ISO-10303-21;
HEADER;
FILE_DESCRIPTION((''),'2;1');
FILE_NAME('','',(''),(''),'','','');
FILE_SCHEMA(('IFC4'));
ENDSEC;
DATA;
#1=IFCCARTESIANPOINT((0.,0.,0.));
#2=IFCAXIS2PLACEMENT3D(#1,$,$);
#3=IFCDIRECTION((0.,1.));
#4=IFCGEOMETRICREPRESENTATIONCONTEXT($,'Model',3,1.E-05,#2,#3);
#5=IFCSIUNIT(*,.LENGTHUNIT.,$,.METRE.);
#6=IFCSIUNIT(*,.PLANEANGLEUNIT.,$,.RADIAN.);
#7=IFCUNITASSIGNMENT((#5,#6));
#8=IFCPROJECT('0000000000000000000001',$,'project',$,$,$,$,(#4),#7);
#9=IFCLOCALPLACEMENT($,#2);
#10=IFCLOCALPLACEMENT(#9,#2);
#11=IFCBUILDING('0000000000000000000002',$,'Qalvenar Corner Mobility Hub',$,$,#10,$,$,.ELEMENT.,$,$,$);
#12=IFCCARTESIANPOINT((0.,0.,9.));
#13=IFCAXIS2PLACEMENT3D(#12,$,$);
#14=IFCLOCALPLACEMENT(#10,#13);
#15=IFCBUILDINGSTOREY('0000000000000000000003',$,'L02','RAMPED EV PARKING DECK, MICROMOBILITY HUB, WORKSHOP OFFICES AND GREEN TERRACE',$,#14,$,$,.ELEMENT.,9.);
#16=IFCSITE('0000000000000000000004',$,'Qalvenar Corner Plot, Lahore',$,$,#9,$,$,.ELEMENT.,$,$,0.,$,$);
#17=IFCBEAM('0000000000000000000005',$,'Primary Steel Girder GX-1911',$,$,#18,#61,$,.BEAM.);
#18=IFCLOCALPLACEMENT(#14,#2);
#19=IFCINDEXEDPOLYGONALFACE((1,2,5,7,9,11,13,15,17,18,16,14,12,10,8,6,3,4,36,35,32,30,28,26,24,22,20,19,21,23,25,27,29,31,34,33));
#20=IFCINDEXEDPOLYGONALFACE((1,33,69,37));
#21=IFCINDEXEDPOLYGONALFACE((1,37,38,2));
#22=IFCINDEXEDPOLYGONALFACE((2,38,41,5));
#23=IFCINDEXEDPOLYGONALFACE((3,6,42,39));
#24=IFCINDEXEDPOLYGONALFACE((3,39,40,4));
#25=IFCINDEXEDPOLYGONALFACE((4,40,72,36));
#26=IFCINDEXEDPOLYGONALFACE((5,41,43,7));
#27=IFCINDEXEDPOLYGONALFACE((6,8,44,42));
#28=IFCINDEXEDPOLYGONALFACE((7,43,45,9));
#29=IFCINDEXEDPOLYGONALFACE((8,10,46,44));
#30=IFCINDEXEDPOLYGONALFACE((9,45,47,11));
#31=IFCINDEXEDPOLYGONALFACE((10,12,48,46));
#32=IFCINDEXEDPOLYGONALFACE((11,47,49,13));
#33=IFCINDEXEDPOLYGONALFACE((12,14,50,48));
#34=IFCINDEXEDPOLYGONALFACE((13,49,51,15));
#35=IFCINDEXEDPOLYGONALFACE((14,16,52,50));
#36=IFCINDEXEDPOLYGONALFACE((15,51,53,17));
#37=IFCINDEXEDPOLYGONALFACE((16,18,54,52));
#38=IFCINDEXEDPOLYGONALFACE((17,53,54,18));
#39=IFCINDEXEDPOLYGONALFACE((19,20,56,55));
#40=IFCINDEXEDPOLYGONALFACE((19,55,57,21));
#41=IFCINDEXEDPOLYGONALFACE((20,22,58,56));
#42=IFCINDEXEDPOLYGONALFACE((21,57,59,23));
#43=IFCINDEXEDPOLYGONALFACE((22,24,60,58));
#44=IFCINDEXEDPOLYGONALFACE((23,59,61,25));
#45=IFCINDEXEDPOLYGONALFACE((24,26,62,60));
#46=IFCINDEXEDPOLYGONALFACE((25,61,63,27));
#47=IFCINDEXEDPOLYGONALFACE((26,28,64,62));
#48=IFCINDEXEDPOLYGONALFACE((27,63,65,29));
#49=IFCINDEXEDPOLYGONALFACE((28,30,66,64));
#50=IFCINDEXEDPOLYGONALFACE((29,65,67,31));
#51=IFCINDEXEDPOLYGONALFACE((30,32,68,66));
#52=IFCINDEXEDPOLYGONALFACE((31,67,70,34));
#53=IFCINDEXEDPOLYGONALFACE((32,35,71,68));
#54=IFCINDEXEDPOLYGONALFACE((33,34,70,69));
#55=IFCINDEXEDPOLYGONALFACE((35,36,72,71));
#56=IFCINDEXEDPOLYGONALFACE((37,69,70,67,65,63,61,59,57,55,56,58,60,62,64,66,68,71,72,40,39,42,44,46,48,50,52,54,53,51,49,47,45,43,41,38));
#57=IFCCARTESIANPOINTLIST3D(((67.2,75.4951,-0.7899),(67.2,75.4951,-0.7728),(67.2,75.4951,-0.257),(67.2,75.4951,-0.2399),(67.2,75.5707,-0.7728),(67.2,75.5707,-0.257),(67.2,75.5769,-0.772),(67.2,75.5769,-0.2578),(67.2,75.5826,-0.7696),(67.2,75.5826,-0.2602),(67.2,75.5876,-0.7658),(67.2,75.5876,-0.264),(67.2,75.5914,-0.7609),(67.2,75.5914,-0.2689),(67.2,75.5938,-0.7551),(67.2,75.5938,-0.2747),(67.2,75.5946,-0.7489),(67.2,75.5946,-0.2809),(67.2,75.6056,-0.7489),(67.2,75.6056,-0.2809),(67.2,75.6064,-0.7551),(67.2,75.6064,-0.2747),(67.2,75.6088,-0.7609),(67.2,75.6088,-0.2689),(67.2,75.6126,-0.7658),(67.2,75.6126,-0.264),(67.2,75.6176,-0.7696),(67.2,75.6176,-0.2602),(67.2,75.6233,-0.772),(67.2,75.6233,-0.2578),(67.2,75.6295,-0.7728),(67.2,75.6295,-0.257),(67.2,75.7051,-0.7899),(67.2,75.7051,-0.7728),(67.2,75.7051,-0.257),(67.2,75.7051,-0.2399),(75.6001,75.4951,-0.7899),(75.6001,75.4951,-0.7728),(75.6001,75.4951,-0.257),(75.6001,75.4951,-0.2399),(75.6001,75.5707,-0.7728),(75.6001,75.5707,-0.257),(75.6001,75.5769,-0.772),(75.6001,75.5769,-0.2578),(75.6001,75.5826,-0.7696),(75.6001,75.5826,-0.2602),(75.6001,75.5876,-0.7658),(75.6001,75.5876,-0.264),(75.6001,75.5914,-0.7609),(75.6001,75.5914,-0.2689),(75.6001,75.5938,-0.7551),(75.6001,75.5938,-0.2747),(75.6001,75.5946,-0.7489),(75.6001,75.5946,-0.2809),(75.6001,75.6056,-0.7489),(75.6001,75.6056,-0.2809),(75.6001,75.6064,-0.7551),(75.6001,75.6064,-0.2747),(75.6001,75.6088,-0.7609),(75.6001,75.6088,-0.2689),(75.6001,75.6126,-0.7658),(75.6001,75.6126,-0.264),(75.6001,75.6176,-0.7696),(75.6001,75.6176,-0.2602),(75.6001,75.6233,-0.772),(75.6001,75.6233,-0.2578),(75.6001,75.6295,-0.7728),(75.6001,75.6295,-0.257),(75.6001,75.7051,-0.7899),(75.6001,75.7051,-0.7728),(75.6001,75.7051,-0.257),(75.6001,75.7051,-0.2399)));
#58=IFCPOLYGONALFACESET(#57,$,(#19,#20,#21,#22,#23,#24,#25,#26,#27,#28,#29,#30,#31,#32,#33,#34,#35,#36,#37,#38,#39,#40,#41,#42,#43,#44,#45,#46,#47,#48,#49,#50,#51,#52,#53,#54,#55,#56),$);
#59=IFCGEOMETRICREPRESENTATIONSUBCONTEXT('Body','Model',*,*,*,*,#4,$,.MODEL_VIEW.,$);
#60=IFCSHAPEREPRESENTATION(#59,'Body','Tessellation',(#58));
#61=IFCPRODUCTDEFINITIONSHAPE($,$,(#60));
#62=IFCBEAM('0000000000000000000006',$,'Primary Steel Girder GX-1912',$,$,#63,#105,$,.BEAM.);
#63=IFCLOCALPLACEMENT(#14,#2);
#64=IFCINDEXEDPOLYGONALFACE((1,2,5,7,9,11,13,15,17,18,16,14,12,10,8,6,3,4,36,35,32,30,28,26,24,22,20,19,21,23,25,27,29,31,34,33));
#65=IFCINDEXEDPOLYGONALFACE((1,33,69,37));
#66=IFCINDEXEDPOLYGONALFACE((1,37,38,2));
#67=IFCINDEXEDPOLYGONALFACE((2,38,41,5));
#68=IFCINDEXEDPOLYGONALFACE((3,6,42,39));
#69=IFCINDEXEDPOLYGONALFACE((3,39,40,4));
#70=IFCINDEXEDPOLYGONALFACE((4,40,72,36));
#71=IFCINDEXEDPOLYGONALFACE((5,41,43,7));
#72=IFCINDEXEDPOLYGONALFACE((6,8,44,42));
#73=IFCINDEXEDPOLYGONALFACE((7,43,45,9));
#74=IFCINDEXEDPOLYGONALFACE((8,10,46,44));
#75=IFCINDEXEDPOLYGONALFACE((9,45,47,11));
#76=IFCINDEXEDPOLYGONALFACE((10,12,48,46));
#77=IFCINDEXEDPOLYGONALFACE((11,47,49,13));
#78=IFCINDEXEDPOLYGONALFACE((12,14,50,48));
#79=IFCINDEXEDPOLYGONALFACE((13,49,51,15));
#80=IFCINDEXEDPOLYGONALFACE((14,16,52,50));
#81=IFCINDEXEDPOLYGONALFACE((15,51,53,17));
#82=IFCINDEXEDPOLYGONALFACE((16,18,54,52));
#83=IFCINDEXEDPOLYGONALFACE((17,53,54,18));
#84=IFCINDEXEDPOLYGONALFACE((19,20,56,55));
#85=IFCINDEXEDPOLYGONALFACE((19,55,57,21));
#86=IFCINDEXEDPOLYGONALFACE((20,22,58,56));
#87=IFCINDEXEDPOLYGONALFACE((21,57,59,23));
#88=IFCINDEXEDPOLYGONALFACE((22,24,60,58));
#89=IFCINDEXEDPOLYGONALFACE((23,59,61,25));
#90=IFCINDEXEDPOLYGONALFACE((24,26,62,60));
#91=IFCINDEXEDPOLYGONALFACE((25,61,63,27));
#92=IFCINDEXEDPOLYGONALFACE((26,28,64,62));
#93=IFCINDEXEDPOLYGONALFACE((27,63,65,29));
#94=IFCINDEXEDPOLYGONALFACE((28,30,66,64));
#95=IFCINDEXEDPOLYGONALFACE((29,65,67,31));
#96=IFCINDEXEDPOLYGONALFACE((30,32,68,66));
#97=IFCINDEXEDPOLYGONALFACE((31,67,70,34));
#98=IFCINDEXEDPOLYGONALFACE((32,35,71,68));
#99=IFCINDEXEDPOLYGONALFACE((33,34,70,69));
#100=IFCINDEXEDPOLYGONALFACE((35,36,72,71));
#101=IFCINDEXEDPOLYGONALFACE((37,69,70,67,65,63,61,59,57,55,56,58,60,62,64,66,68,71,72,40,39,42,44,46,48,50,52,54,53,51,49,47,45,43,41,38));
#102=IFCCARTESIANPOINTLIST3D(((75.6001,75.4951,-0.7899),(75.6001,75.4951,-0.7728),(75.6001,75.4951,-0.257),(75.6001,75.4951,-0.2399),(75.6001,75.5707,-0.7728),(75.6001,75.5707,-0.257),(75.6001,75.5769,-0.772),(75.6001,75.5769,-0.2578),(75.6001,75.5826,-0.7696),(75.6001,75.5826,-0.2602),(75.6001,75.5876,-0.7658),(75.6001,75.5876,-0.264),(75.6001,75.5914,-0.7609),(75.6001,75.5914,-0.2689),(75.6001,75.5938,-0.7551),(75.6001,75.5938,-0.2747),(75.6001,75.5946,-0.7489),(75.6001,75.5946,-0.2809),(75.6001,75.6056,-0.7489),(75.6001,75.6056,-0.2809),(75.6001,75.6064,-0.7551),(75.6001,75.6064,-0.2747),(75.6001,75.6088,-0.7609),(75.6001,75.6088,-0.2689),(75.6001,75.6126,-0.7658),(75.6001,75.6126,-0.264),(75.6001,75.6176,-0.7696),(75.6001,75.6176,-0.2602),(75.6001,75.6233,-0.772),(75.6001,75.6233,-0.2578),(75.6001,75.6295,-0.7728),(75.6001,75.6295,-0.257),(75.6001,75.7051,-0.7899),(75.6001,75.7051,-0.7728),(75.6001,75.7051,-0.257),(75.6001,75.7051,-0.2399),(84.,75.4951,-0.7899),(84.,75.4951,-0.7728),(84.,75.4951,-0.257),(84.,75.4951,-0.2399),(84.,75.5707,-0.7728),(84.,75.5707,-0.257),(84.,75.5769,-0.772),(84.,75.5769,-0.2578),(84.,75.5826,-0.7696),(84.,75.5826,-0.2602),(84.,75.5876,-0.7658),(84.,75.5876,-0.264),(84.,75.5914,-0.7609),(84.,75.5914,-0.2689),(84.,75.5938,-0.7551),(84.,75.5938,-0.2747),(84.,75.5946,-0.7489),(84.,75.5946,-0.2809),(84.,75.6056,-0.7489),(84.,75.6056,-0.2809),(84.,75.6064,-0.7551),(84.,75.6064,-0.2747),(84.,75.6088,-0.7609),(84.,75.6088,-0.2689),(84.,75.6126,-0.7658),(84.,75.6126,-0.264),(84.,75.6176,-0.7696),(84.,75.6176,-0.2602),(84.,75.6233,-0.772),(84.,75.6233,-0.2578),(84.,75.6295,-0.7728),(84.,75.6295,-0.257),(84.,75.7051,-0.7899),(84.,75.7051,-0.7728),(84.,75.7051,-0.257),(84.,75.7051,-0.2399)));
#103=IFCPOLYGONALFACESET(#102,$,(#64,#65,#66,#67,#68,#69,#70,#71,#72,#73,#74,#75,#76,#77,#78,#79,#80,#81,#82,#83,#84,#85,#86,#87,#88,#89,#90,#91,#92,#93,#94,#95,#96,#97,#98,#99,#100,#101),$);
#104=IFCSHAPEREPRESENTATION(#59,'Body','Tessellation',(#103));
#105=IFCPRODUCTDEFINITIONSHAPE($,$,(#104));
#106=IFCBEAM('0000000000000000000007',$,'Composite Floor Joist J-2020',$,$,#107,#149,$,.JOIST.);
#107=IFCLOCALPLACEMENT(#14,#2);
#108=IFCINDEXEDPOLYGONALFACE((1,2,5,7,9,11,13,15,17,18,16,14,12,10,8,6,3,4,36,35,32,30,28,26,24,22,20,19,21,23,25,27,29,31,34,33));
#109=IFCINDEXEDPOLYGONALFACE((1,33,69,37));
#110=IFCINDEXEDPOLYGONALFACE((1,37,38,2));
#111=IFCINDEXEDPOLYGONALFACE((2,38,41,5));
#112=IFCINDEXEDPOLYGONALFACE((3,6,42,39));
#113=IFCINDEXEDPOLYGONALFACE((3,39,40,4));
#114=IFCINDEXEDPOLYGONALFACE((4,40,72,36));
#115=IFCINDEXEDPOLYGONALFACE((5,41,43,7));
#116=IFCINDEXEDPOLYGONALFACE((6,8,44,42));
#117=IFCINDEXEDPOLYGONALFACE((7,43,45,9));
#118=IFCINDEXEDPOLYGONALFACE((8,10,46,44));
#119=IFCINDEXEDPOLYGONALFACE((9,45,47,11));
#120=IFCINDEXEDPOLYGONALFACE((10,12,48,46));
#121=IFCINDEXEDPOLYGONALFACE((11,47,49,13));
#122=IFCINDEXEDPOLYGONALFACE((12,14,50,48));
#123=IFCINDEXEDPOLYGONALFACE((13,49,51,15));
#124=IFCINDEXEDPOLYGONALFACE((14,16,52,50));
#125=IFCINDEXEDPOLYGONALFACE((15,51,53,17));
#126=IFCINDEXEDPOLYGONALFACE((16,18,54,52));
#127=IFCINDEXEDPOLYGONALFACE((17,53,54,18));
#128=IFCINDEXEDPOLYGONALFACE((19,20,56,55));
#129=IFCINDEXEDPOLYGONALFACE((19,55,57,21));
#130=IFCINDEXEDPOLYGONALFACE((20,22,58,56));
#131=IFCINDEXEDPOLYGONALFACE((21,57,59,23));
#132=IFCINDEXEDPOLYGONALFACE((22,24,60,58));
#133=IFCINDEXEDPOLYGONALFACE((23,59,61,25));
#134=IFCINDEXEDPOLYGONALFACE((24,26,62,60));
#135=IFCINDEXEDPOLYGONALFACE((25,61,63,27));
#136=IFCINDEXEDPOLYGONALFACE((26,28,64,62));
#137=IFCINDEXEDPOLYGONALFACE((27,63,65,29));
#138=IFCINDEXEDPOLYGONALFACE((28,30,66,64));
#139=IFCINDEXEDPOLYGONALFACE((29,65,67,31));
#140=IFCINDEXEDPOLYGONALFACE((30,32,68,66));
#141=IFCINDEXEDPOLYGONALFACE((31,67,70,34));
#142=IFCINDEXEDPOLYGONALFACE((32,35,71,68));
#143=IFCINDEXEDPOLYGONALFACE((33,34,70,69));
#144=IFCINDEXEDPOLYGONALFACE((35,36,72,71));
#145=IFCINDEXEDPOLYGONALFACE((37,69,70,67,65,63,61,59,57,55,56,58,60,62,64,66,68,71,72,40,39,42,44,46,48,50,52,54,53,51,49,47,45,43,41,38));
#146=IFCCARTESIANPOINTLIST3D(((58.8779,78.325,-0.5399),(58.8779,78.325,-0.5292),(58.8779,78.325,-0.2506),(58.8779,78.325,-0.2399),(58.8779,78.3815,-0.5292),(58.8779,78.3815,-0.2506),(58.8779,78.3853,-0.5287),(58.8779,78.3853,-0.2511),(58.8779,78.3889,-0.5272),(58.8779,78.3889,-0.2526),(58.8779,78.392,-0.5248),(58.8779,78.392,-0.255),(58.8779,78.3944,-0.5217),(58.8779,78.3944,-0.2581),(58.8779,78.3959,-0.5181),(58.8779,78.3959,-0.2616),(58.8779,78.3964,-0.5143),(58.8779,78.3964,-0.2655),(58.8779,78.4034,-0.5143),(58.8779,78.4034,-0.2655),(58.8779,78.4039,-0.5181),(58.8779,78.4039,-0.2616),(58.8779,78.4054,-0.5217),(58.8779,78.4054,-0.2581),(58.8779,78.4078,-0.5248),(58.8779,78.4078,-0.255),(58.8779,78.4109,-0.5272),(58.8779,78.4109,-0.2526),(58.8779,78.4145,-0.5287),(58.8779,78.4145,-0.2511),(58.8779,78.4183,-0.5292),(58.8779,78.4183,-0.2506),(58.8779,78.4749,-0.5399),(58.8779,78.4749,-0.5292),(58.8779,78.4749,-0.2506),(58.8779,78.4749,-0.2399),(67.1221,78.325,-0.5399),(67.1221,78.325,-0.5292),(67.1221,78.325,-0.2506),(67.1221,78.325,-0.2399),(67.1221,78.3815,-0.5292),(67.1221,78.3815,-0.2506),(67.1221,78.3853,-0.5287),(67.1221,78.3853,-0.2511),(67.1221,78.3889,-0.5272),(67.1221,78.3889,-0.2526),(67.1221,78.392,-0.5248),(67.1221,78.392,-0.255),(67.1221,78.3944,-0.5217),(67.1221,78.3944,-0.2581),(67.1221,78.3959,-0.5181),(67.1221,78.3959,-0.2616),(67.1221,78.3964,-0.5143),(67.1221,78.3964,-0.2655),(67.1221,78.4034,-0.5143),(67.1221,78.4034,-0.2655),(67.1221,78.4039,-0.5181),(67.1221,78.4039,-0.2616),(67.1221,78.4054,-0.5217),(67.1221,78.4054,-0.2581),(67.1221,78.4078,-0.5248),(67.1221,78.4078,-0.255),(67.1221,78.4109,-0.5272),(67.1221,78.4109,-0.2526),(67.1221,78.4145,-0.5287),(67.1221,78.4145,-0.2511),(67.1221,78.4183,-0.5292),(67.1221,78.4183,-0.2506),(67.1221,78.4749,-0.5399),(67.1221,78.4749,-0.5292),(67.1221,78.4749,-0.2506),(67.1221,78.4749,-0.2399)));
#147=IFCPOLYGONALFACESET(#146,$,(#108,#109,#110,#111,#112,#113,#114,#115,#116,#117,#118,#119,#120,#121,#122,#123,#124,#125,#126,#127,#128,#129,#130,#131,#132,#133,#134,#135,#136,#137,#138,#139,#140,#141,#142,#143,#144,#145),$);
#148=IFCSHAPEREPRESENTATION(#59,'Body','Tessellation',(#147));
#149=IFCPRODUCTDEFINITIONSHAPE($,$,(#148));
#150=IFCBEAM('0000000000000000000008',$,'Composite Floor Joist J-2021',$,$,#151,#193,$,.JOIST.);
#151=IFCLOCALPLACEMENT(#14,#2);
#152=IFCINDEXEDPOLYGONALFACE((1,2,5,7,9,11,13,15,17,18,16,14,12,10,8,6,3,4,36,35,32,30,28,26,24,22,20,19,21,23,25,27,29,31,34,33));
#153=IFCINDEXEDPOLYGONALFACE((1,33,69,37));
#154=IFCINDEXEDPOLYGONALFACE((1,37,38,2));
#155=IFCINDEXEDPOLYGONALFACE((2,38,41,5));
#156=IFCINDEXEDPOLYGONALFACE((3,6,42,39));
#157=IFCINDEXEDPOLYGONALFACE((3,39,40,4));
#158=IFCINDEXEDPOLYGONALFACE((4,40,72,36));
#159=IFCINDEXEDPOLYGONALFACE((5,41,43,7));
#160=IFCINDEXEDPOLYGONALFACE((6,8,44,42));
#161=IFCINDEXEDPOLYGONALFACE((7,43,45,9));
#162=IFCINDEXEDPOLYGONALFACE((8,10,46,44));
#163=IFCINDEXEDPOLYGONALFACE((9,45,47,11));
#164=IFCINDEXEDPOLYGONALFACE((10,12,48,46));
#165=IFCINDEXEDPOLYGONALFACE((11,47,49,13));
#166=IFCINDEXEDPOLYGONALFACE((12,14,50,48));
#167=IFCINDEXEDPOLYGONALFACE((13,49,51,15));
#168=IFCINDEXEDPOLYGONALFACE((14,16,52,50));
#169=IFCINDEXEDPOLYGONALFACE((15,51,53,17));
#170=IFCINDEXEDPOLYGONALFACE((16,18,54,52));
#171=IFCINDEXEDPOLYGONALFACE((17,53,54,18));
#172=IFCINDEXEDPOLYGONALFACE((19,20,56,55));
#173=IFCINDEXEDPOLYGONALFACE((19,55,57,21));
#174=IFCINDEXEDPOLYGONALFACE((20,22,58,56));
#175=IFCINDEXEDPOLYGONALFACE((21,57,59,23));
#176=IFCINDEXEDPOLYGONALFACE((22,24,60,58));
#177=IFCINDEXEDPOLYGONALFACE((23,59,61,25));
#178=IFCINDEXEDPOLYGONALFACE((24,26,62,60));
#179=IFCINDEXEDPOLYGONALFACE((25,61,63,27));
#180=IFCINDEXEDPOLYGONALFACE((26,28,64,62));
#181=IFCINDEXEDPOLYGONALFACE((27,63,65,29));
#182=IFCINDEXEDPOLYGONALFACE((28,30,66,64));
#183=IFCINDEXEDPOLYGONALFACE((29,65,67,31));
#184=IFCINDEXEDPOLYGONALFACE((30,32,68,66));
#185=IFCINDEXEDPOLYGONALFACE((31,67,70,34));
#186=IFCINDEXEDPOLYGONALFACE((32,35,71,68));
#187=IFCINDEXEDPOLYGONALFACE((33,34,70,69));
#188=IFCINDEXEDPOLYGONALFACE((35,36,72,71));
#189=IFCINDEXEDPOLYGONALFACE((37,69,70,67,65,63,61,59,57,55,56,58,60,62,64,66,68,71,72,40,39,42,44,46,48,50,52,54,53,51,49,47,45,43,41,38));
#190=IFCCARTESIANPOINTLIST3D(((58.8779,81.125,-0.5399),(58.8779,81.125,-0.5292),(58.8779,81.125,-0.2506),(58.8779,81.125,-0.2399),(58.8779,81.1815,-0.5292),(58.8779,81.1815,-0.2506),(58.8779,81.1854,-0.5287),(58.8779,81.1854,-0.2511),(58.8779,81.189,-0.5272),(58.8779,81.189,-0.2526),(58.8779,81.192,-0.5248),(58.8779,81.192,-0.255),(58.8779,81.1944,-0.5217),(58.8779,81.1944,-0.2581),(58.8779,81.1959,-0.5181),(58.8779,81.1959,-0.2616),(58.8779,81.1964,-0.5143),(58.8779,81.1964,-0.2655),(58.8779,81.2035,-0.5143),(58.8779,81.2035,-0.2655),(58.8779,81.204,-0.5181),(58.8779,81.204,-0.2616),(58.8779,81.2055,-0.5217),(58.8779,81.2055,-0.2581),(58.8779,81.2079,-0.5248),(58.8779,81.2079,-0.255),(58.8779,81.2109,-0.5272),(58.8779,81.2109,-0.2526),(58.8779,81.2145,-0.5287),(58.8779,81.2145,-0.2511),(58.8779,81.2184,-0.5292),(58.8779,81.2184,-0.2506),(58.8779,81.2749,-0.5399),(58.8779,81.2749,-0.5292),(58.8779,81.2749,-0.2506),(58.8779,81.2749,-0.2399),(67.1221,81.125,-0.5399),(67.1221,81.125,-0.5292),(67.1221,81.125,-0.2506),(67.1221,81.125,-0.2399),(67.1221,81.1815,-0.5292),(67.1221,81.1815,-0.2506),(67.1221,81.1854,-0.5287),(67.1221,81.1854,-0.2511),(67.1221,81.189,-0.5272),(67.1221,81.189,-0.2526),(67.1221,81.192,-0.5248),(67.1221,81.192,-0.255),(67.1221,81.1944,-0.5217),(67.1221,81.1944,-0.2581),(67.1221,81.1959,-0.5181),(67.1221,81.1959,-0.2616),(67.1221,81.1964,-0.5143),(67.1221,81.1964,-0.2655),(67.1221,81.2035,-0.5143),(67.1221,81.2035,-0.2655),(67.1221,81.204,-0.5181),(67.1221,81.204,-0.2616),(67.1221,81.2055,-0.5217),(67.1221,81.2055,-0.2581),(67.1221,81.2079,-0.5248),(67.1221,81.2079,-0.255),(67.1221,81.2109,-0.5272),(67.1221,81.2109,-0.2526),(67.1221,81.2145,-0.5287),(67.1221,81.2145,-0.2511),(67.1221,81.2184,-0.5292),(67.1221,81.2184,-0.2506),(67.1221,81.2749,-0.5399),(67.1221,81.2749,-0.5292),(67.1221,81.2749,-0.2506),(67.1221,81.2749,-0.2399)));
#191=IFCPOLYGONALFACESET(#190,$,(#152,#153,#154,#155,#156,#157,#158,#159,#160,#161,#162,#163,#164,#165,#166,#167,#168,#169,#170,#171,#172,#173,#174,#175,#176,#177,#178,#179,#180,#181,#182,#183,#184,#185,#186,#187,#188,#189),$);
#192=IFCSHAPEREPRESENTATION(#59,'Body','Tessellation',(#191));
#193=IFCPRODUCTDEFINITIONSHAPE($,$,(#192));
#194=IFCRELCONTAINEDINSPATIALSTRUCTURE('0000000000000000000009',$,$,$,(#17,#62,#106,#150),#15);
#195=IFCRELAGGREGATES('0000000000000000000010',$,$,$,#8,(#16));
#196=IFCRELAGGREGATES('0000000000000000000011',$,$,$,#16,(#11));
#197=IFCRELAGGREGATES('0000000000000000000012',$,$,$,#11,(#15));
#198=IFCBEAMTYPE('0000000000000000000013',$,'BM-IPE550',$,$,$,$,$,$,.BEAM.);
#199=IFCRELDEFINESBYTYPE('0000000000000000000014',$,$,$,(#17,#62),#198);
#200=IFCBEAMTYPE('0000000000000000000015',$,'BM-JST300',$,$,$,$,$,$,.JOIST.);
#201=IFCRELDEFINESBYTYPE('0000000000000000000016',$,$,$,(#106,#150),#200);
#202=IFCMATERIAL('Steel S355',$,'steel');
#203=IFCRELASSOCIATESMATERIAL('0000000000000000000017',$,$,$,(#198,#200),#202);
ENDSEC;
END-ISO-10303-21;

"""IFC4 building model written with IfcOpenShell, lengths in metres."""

from ifc_helpers import new_model, si_unit, direction, frame, origin, origin_2d, place, context, subcontext, project, spatial, i_section, extrude, material, material_profile, profile_set, type_object, element, save


model = new_model("IFC4")

# Units and contexts
model_context = context("Model", 3, precision=1e-05, world=origin(), true_north=direction((0.0, 1.0)))
body_context = subcontext(model_context, "Body", "Model", "MODEL_VIEW")
ifc_project = project(units=[si_unit("LENGTHUNIT", "METRE"), si_unit("PLANEANGLEUNIT", "RADIAN")], contexts=[model_context])

# Site, building, storey
site_placement = place(None, origin())
site = spatial("IfcSite", under=ifc_project, at=site_placement, Name="Qalvenar Corner Plot, Lahore", CompositionType="ELEMENT", RefElevation=0.0)
building_placement = place(site_placement, origin())
building = spatial("IfcBuilding", under=site, at=building_placement, Name="Qalvenar Corner Mobility Hub", CompositionType="ELEMENT")
storey_placement = place(building_placement, frame((0.0, 0.0, 9.0)))
storey = spatial("IfcBuildingStorey", under=building, at=storey_placement, Name="L02", Description="RAMPED EV PARKING DECK, MICROMOBILITY HUB, WORKSHOP OFFICES AND GREEN TERRACE", CompositionType="ELEMENT", Elevation=9.0)

# Shared definitions
ifc_material_1 = material(Name="Steel S355", Category="steel")

# Beams
ifc_material_profile_1 = material_profile(ifc_material_1, i_section(OverallWidth=0.21, OverallDepth=0.55, WebThickness=0.011, FlangeThickness=0.0171, FilletRadius=0.0239, at=origin_2d()), Name="IPE550")
ifc_profile_set_1 = profile_set([ifc_material_profile_1], Name="Steel S355")
beam_type_1 = type_object("IfcBeamType", Name="BM-IPE550", PredefinedType="BEAM", material=ifc_profile_set_1)
beam_1_placement = place(storey_placement, frame((67.2, 75.6001, -0.5149), z_axis=(1.0, 0.0, 0.0), x_axis=(0.0, 1.0, 0.0)))
element("IfcBeam", 1, at=beam_1_placement, inside=storey, type_object=beam_type_1, Name="Primary Steel Girder GX-1911", PredefinedType="BEAM", context=body_context, shape_type="SweptSolid", body=[
    extrude(i_section(OverallWidth=0.21, OverallDepth=0.55, WebThickness=0.011, FlangeThickness=0.0171, FilletRadius=0.0239, at=origin_2d()), origin(), (0.0, 0.0, 1.0), 8.4001),
])
beam_2_placement = place(storey_placement, frame((75.6001, 75.6001, -0.5149), z_axis=(1.0, 0.0, 0.0), x_axis=(0.0, 1.0, 0.0)))
element("IfcBeam", 2, at=beam_2_placement, inside=storey, type_object=beam_type_1, Name="Primary Steel Girder GX-1912", PredefinedType="BEAM", context=body_context, shape_type="SweptSolid", body=[
    extrude(i_section(OverallWidth=0.21, OverallDepth=0.55, WebThickness=0.011, FlangeThickness=0.0171, FilletRadius=0.0239, at=origin_2d()), origin(), (0.0, 0.0, 1.0), 8.3999),
])
ifc_material_profile_2 = material_profile(ifc_material_1, i_section(OverallWidth=0.1499, OverallDepth=0.3, WebThickness=0.0071, FlangeThickness=0.0107, FilletRadius=0.0149, at=origin_2d()), Name="IPE300")
ifc_profile_set_2 = profile_set([ifc_material_profile_2], Name="Steel S355")
beam_type_2 = type_object("IfcBeamType", Name="BM-JST300", PredefinedType="JOIST", material=ifc_profile_set_2)
for number, where, z_axis, x_axis, name in (
    (3, (58.8779, 78.3999, -0.3899), (1.0, 0.0, 0.0), (0.0, 1.0, 0.0), "Composite Floor Joist J-2020"),
    (4, (58.8779, 81.2, -0.3899), (1.0, 0.0, 0.0), (0.0, 1.0, 0.0), "Composite Floor Joist J-2021"),
):
    element("IfcBeam", number, at=place(storey_placement, frame(where, z_axis=z_axis, x_axis=x_axis)), inside=storey, type_object=beam_type_2, Name=name, PredefinedType="JOIST", context=body_context, shape_type="SweptSolid", body=[
        extrude(i_section(OverallWidth=0.1499, OverallDepth=0.3, WebThickness=0.0071, FlangeThickness=0.0107, FilletRadius=0.0149, at=origin_2d()), origin(), (0.0, 0.0, 1.0), 8.2441),
    ])

save(model, "model.ifc")
